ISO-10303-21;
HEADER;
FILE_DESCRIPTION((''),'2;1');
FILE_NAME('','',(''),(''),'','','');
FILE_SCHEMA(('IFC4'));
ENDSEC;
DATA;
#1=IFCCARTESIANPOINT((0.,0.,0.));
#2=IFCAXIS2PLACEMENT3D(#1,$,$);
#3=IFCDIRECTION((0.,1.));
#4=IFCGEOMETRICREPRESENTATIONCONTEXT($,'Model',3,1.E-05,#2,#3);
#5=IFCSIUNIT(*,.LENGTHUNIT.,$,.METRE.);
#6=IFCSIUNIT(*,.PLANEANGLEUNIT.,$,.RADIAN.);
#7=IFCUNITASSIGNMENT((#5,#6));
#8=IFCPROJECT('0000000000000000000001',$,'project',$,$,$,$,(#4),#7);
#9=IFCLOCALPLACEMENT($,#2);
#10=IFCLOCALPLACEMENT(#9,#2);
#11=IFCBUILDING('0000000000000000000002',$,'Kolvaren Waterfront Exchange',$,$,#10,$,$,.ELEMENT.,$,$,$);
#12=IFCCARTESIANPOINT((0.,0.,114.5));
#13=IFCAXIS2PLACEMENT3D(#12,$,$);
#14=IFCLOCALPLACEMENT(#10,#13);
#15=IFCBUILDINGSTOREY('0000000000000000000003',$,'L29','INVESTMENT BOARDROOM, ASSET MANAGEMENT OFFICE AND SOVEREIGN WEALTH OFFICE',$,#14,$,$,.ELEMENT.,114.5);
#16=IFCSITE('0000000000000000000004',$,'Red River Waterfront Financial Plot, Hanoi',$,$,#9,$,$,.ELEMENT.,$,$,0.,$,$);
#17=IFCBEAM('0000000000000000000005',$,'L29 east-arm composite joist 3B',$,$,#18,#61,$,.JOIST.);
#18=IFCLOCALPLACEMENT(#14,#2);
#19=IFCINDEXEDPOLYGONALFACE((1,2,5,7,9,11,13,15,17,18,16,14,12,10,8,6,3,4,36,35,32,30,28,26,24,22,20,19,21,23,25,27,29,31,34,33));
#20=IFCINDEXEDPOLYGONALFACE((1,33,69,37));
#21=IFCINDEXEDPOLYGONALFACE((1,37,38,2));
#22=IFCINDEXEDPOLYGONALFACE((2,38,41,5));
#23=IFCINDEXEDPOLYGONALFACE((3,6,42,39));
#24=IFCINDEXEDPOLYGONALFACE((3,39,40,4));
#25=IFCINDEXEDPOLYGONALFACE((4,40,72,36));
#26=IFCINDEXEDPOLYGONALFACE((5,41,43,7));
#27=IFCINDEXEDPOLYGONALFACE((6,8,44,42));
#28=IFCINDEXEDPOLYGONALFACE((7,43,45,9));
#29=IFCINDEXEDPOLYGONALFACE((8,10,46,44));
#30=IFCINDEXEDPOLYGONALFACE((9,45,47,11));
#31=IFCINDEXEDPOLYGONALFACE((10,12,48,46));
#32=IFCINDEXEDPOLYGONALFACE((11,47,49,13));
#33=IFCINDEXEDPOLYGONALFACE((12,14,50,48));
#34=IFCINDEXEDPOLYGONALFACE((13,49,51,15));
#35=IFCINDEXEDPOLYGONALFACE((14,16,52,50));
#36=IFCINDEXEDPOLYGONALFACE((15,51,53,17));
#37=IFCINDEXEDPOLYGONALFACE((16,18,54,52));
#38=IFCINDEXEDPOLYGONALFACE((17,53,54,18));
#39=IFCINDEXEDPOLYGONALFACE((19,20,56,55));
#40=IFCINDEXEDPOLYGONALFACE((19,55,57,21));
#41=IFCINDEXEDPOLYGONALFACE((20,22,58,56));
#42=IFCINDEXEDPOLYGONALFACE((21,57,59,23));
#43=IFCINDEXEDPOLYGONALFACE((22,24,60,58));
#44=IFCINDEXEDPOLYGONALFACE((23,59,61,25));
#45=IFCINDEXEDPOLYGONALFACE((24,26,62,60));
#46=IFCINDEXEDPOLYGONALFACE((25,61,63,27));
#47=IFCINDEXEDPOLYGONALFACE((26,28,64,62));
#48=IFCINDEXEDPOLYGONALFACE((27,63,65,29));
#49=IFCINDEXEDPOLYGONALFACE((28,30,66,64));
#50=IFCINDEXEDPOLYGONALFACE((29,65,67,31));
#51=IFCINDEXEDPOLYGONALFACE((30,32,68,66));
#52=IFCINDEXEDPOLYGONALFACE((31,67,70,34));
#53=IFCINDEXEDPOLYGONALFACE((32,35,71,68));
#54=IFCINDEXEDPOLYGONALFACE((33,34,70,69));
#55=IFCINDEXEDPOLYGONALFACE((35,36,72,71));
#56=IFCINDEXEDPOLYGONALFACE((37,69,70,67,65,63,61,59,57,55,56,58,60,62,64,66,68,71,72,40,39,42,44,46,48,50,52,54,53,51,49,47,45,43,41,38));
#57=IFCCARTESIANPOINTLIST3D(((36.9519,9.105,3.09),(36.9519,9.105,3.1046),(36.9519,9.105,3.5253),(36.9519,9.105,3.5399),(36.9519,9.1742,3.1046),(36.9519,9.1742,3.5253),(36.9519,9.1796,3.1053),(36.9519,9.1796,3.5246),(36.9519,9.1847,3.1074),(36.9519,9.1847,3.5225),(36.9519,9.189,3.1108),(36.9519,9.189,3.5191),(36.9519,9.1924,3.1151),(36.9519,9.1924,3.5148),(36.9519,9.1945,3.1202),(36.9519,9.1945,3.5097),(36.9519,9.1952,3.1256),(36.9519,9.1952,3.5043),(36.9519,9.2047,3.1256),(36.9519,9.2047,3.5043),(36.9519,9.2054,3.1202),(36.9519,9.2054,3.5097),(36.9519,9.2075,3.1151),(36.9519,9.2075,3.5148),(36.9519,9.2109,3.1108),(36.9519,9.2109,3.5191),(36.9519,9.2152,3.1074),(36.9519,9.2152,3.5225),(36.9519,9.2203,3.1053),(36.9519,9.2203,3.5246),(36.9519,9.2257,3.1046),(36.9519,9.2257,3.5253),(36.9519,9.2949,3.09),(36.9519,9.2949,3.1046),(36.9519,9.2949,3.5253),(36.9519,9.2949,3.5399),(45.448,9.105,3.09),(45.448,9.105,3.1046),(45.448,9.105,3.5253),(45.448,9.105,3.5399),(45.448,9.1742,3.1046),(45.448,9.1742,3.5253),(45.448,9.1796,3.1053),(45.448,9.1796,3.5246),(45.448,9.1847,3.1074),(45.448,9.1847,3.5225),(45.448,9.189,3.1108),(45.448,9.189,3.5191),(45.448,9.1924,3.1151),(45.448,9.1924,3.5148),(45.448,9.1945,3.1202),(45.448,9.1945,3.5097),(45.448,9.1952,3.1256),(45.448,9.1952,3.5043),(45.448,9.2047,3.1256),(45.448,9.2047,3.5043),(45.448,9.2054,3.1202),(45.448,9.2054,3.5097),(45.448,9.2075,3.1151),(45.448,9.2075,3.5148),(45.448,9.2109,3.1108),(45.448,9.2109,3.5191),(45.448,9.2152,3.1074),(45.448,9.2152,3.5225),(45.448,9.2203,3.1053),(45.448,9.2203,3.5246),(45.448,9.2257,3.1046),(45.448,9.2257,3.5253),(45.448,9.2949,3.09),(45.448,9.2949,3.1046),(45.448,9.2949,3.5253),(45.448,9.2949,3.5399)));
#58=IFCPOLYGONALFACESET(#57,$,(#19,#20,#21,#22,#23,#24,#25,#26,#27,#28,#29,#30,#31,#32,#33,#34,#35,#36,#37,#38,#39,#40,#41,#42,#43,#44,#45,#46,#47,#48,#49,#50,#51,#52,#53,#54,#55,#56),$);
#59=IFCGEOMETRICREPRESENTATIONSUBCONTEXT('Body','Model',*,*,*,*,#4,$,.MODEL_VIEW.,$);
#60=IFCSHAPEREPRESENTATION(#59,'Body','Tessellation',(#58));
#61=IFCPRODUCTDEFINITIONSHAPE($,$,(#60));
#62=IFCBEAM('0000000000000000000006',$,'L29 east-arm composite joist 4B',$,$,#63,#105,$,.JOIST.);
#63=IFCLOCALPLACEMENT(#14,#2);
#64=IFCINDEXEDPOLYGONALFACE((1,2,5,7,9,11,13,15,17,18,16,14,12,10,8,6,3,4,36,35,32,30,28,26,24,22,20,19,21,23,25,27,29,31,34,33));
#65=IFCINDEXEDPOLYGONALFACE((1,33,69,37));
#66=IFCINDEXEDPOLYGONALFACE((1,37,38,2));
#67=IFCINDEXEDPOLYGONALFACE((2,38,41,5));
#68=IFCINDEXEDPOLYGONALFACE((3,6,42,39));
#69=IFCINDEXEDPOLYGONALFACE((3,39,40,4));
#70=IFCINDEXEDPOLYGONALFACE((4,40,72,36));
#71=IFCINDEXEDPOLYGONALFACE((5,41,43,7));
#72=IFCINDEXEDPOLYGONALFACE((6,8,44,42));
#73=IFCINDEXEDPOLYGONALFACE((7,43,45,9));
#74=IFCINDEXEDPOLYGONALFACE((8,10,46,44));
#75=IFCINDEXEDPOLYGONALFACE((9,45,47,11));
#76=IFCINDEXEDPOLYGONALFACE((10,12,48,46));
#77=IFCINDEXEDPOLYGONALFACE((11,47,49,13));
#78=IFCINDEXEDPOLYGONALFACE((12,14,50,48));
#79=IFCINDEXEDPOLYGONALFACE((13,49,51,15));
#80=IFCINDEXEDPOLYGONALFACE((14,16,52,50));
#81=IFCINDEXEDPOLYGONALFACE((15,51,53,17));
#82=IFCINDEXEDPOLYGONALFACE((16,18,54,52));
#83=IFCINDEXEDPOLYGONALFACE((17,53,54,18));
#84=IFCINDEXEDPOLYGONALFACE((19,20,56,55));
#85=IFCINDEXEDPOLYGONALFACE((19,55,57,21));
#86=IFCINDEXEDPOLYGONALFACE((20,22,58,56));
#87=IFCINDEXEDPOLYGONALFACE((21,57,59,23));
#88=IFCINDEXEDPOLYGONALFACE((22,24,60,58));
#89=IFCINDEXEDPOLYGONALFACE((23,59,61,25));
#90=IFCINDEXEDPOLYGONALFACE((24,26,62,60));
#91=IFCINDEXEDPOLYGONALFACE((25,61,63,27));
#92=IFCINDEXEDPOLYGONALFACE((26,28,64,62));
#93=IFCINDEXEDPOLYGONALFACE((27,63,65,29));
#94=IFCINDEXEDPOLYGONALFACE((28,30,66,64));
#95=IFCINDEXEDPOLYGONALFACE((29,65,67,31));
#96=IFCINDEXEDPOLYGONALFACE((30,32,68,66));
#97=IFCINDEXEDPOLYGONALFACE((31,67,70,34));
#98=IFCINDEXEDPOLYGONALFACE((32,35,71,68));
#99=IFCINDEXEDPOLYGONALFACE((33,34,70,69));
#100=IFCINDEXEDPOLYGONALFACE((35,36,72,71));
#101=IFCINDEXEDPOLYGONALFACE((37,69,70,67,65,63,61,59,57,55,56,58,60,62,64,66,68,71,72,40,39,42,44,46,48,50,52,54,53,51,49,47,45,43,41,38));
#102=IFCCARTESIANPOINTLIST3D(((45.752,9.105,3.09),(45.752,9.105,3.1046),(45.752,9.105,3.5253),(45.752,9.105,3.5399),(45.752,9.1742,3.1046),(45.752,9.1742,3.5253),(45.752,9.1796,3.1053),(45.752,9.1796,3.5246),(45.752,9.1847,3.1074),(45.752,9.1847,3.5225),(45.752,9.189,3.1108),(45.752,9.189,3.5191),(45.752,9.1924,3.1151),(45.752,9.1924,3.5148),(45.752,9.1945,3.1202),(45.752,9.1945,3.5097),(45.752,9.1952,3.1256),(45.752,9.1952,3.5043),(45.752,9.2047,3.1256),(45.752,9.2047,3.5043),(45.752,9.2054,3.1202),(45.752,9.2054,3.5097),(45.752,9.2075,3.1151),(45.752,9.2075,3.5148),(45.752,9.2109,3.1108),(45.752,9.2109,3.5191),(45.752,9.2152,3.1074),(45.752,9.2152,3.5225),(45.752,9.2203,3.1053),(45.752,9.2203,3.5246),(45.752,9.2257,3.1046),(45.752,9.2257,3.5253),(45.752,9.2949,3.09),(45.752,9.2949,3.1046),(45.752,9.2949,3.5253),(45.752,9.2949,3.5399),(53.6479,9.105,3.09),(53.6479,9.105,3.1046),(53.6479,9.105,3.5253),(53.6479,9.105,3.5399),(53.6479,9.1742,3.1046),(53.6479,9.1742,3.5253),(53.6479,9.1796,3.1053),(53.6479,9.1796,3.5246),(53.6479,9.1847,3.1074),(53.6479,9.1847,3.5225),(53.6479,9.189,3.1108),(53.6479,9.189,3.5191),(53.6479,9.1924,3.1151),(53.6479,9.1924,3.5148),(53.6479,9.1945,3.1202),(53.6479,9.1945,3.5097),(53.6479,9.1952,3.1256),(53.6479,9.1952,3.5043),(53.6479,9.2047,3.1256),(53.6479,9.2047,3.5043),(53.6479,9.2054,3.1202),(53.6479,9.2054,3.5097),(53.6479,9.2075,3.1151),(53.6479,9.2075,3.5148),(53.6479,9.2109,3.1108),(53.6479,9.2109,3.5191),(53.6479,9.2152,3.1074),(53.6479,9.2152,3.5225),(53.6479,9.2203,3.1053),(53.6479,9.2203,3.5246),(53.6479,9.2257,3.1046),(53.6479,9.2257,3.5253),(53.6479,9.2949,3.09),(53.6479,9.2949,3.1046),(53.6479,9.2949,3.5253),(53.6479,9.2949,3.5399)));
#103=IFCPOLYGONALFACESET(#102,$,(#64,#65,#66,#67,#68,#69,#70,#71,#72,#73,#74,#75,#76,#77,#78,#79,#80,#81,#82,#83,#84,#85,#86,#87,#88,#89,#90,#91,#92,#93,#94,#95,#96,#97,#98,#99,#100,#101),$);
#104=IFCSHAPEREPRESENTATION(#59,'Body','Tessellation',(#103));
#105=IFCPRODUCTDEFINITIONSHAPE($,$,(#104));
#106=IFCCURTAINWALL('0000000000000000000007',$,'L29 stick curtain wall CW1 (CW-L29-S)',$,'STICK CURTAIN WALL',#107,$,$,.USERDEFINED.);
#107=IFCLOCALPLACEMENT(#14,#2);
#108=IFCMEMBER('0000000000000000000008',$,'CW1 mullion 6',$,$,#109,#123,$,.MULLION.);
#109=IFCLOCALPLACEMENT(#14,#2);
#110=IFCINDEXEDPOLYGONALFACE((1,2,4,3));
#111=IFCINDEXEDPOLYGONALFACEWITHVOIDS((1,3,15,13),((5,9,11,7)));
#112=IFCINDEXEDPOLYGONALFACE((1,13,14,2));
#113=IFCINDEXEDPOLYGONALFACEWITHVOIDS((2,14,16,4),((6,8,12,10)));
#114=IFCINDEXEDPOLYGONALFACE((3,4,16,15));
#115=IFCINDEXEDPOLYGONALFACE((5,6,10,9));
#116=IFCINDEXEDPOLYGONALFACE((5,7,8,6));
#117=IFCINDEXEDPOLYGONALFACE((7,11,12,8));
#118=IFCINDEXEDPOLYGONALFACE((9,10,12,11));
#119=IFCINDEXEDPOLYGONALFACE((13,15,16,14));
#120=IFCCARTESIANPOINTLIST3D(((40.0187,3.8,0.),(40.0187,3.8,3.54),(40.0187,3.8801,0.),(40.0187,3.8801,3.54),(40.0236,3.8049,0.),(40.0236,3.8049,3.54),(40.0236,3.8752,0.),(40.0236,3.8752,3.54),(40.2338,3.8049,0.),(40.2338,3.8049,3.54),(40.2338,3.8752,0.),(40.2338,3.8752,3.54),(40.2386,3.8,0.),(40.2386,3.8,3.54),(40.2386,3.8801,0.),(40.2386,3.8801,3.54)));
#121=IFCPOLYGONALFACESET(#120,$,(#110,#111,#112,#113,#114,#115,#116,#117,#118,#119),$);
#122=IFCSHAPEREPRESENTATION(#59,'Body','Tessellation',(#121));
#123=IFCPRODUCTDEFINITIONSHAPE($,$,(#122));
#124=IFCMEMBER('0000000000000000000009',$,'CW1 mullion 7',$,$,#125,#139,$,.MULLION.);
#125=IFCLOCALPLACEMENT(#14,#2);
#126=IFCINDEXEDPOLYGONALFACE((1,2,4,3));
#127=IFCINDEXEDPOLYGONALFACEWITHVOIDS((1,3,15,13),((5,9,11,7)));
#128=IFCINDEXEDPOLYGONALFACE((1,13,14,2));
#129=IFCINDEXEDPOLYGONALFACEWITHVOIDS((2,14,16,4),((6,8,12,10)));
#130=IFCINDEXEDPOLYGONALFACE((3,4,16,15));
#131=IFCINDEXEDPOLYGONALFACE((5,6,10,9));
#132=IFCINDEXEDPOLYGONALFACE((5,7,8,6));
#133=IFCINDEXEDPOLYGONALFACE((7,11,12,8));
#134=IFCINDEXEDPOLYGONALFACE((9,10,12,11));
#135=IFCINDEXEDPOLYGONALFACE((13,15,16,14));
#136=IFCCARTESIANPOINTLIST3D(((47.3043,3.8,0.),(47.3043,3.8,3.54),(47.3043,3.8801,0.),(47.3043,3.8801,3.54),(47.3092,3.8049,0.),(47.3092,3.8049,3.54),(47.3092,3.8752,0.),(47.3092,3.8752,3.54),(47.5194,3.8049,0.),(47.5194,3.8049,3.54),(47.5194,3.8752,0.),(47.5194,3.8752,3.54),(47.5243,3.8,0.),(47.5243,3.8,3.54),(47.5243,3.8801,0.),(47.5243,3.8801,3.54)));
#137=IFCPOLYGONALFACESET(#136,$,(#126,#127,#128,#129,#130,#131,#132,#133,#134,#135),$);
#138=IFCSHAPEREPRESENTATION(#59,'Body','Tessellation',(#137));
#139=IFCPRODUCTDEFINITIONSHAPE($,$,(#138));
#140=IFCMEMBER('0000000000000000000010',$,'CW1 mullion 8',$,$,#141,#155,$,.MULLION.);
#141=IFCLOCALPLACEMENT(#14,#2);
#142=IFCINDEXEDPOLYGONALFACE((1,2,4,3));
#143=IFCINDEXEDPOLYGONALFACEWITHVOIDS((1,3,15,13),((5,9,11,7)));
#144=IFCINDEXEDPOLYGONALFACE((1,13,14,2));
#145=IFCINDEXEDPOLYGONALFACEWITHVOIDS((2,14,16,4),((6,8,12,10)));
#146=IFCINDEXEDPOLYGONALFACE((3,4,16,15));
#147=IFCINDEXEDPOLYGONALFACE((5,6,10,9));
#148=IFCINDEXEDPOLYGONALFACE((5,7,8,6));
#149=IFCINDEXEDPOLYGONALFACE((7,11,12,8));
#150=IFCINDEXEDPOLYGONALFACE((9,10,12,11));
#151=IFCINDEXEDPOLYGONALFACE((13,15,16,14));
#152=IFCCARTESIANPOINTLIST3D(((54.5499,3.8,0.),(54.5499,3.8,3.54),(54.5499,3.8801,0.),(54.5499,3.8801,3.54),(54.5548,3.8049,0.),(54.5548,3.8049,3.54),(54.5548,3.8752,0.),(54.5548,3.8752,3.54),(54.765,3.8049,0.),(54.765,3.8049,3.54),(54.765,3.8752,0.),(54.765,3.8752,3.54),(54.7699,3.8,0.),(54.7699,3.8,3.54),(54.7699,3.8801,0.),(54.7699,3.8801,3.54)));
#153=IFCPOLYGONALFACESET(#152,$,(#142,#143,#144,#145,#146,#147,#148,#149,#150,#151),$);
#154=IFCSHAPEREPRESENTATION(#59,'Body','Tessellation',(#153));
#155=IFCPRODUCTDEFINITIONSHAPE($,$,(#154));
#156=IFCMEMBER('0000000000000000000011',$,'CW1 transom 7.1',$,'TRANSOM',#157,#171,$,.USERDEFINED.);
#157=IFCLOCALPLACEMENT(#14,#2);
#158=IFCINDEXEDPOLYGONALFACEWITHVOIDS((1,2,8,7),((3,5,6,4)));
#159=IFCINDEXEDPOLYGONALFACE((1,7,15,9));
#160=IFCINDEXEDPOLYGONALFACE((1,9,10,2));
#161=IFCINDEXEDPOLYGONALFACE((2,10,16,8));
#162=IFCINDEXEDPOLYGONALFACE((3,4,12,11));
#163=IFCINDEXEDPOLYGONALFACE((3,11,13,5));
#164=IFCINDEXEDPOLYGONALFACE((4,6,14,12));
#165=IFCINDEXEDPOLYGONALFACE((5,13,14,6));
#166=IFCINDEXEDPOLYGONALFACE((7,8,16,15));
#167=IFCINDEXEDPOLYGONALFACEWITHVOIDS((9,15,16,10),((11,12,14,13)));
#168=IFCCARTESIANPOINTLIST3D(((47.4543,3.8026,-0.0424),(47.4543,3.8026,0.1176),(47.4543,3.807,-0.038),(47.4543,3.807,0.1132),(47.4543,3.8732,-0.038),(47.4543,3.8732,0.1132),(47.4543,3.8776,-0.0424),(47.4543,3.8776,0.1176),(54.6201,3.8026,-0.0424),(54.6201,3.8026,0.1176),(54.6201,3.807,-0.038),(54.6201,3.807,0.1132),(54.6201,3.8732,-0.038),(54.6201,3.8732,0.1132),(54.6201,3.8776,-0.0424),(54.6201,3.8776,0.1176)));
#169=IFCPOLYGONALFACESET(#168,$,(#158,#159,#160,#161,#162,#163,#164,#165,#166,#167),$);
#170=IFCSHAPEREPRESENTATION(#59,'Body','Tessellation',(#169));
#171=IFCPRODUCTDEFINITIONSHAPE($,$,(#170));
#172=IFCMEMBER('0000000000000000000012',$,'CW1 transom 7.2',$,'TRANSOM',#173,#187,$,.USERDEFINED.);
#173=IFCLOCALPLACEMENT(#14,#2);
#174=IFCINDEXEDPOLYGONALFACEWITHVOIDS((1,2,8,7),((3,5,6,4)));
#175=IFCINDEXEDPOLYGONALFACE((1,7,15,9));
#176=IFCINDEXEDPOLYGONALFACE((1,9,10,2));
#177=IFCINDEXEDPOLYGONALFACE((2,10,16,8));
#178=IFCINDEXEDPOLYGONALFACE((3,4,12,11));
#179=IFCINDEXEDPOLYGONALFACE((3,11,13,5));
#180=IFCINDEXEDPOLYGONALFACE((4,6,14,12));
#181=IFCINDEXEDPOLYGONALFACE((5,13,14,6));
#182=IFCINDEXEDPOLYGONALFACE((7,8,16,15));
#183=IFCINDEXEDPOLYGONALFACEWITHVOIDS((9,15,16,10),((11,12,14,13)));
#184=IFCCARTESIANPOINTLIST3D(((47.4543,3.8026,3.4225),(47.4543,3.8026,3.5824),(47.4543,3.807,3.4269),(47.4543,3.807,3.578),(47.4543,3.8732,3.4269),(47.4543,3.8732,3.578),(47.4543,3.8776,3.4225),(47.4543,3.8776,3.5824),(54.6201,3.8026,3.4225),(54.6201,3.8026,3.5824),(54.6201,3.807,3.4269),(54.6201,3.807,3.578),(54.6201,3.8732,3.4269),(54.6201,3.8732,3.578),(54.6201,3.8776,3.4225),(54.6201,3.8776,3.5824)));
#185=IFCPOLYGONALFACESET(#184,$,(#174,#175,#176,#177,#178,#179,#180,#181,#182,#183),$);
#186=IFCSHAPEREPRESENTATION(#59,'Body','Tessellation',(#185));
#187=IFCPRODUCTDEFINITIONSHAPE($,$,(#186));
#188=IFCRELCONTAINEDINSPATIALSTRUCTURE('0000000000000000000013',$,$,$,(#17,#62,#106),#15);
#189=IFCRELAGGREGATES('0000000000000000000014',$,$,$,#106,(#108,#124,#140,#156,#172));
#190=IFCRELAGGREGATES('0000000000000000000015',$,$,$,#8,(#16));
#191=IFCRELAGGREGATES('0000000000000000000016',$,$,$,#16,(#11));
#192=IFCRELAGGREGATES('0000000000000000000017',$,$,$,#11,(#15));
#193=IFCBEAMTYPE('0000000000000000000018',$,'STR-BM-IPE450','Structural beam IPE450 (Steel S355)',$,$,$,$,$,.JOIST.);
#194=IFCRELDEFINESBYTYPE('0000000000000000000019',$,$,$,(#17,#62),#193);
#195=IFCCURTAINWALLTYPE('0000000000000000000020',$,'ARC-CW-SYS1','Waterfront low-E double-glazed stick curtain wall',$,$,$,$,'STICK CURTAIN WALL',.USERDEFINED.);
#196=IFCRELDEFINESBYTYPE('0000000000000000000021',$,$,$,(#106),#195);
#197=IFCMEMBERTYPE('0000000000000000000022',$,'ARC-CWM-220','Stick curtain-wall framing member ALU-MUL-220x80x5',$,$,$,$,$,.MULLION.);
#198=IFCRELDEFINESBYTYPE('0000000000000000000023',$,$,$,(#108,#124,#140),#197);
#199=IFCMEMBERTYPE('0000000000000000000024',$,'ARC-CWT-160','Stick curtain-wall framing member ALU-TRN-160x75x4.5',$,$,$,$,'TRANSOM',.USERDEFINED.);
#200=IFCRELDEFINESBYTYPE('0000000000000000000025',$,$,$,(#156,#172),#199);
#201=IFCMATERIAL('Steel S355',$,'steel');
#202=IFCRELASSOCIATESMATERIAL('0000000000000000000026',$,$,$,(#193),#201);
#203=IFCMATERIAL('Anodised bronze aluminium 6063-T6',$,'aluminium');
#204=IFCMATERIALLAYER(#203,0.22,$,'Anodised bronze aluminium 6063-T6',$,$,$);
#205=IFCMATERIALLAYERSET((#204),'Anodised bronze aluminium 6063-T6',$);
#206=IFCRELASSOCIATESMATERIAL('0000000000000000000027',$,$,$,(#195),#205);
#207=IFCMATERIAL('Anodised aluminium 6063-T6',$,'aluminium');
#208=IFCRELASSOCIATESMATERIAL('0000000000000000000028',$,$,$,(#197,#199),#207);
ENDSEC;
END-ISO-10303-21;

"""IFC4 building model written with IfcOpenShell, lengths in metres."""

from ifc_helpers import new_model, si_unit, direction, frame, origin, origin_with_axes, origin_2d, place, context, subcontext, project, spatial, hollow_rectangle, i_section, extrude, source, transform, mapped, material, layer, layer_set, material_profile, profile_set, type_object, element, aggregate, save


model = new_model("IFC4")

# Units and contexts
model_context = context("Model", 3, precision=1e-05, world=origin(), true_north=direction((0.0, 1.0)))
body_context = subcontext(model_context, "Body", "Model", "MODEL_VIEW")
ifc_project = project(units=[si_unit("LENGTHUNIT", "METRE"), si_unit("PLANEANGLEUNIT", "RADIAN")], contexts=[model_context])

# Site, building, storey
site_placement = place(None, origin())
site = spatial("IfcSite", under=ifc_project, at=site_placement, Name="Red River Waterfront Financial Plot, Hanoi", CompositionType="ELEMENT", RefElevation=0.0)
building_placement = place(site_placement, origin())
building = spatial("IfcBuilding", under=site, at=building_placement, Name="Kolvaren Waterfront Exchange", CompositionType="ELEMENT")
storey_placement = place(building_placement, frame((0.0, 0.0, 114.5)))
storey = spatial("IfcBuildingStorey", under=building, at=storey_placement, Name="L29", Description="INVESTMENT BOARDROOM, ASSET MANAGEMENT OFFICE AND SOVEREIGN WEALTH OFFICE", CompositionType="ELEMENT", Elevation=114.5)

# Beams
ifc_material_1 = material(Name="Steel S355", Category="steel")
ifc_material_profile_1 = material_profile(ifc_material_1, i_section(OverallWidth=0.1899, OverallDepth=0.45, WebThickness=0.0095, FlangeThickness=0.0146, FilletRadius=0.021, at=origin_2d()), Name="IPE450")
ifc_profile_set_1 = profile_set([ifc_material_profile_1], Name="Steel S355")
beam_type_1 = type_object("IfcBeamType", Name="STR-BM-IPE450", Description="Structural beam IPE450 (Steel S355)", PredefinedType="JOIST", material=ifc_profile_set_1)
beam_1_placement = place(storey_placement, frame((36.9519, 9.2, 3.3149), z_axis=(1.0, 0.0, 0.0), x_axis=(0.0, 1.0, 0.0)))
element("IfcBeam", 1, at=beam_1_placement, inside=storey, type_object=beam_type_1, Name="L29 east-arm composite joist 3B", PredefinedType="JOIST", context=body_context, shape_type="SweptSolid", body=[
    extrude(i_section(OverallWidth=0.1899, OverallDepth=0.45, WebThickness=0.0095, FlangeThickness=0.0146, FilletRadius=0.021, at=origin_2d()), origin(), (0.0, 0.0, 1.0), 8.4961),
])
beam_2_placement = place(storey_placement, frame((45.752, 9.2, 3.3149), z_axis=(1.0, 0.0, 0.0), x_axis=(0.0, 1.0, 0.0)))
element("IfcBeam", 2, at=beam_2_placement, inside=storey, type_object=beam_type_1, Name="L29 east-arm composite joist 4B", PredefinedType="JOIST", context=body_context, shape_type="SweptSolid", body=[
    extrude(i_section(OverallWidth=0.1899, OverallDepth=0.45, WebThickness=0.0095, FlangeThickness=0.0146, FilletRadius=0.021, at=origin_2d()), origin(), (0.0, 0.0, 1.0), 7.896),
])

# Curtain wall, members
ifc_material_2 = material(Name="Anodised bronze aluminium 6063-T6", Category="aluminium")
ifc_layer_1 = layer(ifc_material_2, 0.22, Name="Anodised bronze aluminium 6063-T6")
ifc_layer_set_1 = layer_set([ifc_layer_1], Name="Anodised bronze aluminium 6063-T6")
curtain_wall_type = type_object("IfcCurtainWallType", Name="ARC-CW-SYS1", Description="Waterfront low-E double-glazed stick curtain wall", ElementType="STICK CURTAIN WALL", PredefinedType="USERDEFINED", material=ifc_layer_set_1)
curtain_wall_placement = place(storey_placement, origin())
curtain_wall = element("IfcCurtainWall", 3, at=curtain_wall_placement, inside=storey, type_object=curtain_wall_type, Name="L29 stick curtain wall CW1 (CW-L29-S)", ObjectType="STICK CURTAIN WALL", PredefinedType="USERDEFINED")
ifc_material_3 = material(Name="Anodised aluminium 6063-T6", Category="aluminium")
ifc_material_profile_2 = material_profile(ifc_material_3, hollow_rectangle(XDim=0.0801, YDim=0.22, WallThickness=0.0049, at=origin_2d()), Name="ALU-MUL-220x80x5")
ifc_profile_set_2 = profile_set([ifc_material_profile_2], Name="Anodised aluminium 6063-T6")
member_type_1 = type_object("IfcMemberType", Name="ARC-CWM-220", Description="Stick curtain-wall framing member ALU-MUL-220x80x5", PredefinedType="MULLION", material=ifc_profile_set_2)
shared_shape_1 = source(origin_with_axes(), body_context, "Body", "SweptSolid", [
    extrude(hollow_rectangle(XDim=0.0801, YDim=0.22, WallThickness=0.0049, at=origin_2d()), origin(), (0.0, 0.0, 1.0), 3.54),
])
member_1_placement = place(storey_placement, frame((40.1287, 3.8401, 0.0), z_axis=(0.0, 0.0, 1.0), x_axis=(0.0, 1.0, 0.0)))
member_1 = element("IfcMember", 4, at=member_1_placement, type_object=member_type_1, Name="CW1 mullion 6", PredefinedType="MULLION", context=body_context, shape_type="MappedRepresentation", body=[
    mapped(shared_shape_1, transform((0.0, 0.0, 0.0), x_axis=(1.0, 0.0, 0.0), y_axis=(0.0, 1.0, 0.0), z_axis=(0.0, 0.0, 1.0), scale=1.0)),
])
member_2_placement = place(storey_placement, frame((47.4143, 3.8401, 0.0), z_axis=(0.0, 0.0, 1.0), x_axis=(0.0, 1.0, 0.0)))
member_2 = element("IfcMember", 5, at=member_2_placement, type_object=member_type_1, Name="CW1 mullion 7", PredefinedType="MULLION", context=body_context, shape_type="MappedRepresentation", body=[
    mapped(shared_shape_1, transform((0.0, 0.0, 0.0), x_axis=(1.0, 0.0, 0.0), y_axis=(0.0, 1.0, 0.0), z_axis=(0.0, 0.0, 1.0), scale=1.0)),
])
member_3_placement = place(storey_placement, frame((54.6599, 3.8401, 0.0), z_axis=(0.0, 0.0, 1.0), x_axis=(0.0, 1.0, 0.0)))
member_3 = element("IfcMember", 6, at=member_3_placement, type_object=member_type_1, Name="CW1 mullion 8", PredefinedType="MULLION", context=body_context, shape_type="MappedRepresentation", body=[
    mapped(shared_shape_1, transform((0.0, 0.0, 0.0), x_axis=(1.0, 0.0, 0.0), y_axis=(0.0, 1.0, 0.0), z_axis=(0.0, 0.0, 1.0), scale=1.0)),
])
ifc_material_profile_3 = material_profile(ifc_material_3, hollow_rectangle(XDim=0.075, YDim=0.1599, WallThickness=0.0044, at=origin_2d()), Name="ALU-TRN-160x75x4.5")
ifc_profile_set_3 = profile_set([ifc_material_profile_3], Name="Anodised aluminium 6063-T6")
member_type_2 = type_object("IfcMemberType", Name="ARC-CWT-160", Description="Stick curtain-wall framing member ALU-TRN-160x75x4.5", ElementType="TRANSOM", PredefinedType="USERDEFINED", material=ifc_profile_set_3)
shared_shape_2 = source(origin_with_axes(), body_context, "Body", "SweptSolid", [
    extrude(hollow_rectangle(XDim=0.075, YDim=0.1599, WallThickness=0.0044, at=origin_2d()), origin(), (0.0, 0.0, 1.0), 7.1658),
])
member_4_placement = place(storey_placement, frame((47.4543, 3.8401, 0.0376), z_axis=(1.0, 0.0, 0.0), x_axis=(0.0, 1.0, 0.0)))
member_4 = element("IfcMember", 7, at=member_4_placement, type_object=member_type_2, Name="CW1 transom 7.1", ObjectType="TRANSOM", PredefinedType="USERDEFINED", context=body_context, shape_type="MappedRepresentation", body=[
    mapped(shared_shape_2, transform((0.0, 0.0, 0.0), x_axis=(1.0, 0.0, 0.0), y_axis=(0.0, 1.0, 0.0), z_axis=(0.0, 0.0, 1.0), scale=1.0)),
])
member_5_placement = place(storey_placement, frame((47.4543, 3.8401, 3.5024), z_axis=(1.0, 0.0, 0.0), x_axis=(0.0, 1.0, 0.0)))
member_5 = element("IfcMember", 8, at=member_5_placement, type_object=member_type_2, Name="CW1 transom 7.2", ObjectType="TRANSOM", PredefinedType="USERDEFINED", context=body_context, shape_type="MappedRepresentation", body=[
    mapped(shared_shape_2, transform((0.0, 0.0, 0.0), x_axis=(1.0, 0.0, 0.0), y_axis=(0.0, 1.0, 0.0), z_axis=(0.0, 0.0, 1.0), scale=1.0)),
])
aggregate(curtain_wall, [member_1, member_2, member_3, member_4, member_5])

save(model, "model.ifc")
